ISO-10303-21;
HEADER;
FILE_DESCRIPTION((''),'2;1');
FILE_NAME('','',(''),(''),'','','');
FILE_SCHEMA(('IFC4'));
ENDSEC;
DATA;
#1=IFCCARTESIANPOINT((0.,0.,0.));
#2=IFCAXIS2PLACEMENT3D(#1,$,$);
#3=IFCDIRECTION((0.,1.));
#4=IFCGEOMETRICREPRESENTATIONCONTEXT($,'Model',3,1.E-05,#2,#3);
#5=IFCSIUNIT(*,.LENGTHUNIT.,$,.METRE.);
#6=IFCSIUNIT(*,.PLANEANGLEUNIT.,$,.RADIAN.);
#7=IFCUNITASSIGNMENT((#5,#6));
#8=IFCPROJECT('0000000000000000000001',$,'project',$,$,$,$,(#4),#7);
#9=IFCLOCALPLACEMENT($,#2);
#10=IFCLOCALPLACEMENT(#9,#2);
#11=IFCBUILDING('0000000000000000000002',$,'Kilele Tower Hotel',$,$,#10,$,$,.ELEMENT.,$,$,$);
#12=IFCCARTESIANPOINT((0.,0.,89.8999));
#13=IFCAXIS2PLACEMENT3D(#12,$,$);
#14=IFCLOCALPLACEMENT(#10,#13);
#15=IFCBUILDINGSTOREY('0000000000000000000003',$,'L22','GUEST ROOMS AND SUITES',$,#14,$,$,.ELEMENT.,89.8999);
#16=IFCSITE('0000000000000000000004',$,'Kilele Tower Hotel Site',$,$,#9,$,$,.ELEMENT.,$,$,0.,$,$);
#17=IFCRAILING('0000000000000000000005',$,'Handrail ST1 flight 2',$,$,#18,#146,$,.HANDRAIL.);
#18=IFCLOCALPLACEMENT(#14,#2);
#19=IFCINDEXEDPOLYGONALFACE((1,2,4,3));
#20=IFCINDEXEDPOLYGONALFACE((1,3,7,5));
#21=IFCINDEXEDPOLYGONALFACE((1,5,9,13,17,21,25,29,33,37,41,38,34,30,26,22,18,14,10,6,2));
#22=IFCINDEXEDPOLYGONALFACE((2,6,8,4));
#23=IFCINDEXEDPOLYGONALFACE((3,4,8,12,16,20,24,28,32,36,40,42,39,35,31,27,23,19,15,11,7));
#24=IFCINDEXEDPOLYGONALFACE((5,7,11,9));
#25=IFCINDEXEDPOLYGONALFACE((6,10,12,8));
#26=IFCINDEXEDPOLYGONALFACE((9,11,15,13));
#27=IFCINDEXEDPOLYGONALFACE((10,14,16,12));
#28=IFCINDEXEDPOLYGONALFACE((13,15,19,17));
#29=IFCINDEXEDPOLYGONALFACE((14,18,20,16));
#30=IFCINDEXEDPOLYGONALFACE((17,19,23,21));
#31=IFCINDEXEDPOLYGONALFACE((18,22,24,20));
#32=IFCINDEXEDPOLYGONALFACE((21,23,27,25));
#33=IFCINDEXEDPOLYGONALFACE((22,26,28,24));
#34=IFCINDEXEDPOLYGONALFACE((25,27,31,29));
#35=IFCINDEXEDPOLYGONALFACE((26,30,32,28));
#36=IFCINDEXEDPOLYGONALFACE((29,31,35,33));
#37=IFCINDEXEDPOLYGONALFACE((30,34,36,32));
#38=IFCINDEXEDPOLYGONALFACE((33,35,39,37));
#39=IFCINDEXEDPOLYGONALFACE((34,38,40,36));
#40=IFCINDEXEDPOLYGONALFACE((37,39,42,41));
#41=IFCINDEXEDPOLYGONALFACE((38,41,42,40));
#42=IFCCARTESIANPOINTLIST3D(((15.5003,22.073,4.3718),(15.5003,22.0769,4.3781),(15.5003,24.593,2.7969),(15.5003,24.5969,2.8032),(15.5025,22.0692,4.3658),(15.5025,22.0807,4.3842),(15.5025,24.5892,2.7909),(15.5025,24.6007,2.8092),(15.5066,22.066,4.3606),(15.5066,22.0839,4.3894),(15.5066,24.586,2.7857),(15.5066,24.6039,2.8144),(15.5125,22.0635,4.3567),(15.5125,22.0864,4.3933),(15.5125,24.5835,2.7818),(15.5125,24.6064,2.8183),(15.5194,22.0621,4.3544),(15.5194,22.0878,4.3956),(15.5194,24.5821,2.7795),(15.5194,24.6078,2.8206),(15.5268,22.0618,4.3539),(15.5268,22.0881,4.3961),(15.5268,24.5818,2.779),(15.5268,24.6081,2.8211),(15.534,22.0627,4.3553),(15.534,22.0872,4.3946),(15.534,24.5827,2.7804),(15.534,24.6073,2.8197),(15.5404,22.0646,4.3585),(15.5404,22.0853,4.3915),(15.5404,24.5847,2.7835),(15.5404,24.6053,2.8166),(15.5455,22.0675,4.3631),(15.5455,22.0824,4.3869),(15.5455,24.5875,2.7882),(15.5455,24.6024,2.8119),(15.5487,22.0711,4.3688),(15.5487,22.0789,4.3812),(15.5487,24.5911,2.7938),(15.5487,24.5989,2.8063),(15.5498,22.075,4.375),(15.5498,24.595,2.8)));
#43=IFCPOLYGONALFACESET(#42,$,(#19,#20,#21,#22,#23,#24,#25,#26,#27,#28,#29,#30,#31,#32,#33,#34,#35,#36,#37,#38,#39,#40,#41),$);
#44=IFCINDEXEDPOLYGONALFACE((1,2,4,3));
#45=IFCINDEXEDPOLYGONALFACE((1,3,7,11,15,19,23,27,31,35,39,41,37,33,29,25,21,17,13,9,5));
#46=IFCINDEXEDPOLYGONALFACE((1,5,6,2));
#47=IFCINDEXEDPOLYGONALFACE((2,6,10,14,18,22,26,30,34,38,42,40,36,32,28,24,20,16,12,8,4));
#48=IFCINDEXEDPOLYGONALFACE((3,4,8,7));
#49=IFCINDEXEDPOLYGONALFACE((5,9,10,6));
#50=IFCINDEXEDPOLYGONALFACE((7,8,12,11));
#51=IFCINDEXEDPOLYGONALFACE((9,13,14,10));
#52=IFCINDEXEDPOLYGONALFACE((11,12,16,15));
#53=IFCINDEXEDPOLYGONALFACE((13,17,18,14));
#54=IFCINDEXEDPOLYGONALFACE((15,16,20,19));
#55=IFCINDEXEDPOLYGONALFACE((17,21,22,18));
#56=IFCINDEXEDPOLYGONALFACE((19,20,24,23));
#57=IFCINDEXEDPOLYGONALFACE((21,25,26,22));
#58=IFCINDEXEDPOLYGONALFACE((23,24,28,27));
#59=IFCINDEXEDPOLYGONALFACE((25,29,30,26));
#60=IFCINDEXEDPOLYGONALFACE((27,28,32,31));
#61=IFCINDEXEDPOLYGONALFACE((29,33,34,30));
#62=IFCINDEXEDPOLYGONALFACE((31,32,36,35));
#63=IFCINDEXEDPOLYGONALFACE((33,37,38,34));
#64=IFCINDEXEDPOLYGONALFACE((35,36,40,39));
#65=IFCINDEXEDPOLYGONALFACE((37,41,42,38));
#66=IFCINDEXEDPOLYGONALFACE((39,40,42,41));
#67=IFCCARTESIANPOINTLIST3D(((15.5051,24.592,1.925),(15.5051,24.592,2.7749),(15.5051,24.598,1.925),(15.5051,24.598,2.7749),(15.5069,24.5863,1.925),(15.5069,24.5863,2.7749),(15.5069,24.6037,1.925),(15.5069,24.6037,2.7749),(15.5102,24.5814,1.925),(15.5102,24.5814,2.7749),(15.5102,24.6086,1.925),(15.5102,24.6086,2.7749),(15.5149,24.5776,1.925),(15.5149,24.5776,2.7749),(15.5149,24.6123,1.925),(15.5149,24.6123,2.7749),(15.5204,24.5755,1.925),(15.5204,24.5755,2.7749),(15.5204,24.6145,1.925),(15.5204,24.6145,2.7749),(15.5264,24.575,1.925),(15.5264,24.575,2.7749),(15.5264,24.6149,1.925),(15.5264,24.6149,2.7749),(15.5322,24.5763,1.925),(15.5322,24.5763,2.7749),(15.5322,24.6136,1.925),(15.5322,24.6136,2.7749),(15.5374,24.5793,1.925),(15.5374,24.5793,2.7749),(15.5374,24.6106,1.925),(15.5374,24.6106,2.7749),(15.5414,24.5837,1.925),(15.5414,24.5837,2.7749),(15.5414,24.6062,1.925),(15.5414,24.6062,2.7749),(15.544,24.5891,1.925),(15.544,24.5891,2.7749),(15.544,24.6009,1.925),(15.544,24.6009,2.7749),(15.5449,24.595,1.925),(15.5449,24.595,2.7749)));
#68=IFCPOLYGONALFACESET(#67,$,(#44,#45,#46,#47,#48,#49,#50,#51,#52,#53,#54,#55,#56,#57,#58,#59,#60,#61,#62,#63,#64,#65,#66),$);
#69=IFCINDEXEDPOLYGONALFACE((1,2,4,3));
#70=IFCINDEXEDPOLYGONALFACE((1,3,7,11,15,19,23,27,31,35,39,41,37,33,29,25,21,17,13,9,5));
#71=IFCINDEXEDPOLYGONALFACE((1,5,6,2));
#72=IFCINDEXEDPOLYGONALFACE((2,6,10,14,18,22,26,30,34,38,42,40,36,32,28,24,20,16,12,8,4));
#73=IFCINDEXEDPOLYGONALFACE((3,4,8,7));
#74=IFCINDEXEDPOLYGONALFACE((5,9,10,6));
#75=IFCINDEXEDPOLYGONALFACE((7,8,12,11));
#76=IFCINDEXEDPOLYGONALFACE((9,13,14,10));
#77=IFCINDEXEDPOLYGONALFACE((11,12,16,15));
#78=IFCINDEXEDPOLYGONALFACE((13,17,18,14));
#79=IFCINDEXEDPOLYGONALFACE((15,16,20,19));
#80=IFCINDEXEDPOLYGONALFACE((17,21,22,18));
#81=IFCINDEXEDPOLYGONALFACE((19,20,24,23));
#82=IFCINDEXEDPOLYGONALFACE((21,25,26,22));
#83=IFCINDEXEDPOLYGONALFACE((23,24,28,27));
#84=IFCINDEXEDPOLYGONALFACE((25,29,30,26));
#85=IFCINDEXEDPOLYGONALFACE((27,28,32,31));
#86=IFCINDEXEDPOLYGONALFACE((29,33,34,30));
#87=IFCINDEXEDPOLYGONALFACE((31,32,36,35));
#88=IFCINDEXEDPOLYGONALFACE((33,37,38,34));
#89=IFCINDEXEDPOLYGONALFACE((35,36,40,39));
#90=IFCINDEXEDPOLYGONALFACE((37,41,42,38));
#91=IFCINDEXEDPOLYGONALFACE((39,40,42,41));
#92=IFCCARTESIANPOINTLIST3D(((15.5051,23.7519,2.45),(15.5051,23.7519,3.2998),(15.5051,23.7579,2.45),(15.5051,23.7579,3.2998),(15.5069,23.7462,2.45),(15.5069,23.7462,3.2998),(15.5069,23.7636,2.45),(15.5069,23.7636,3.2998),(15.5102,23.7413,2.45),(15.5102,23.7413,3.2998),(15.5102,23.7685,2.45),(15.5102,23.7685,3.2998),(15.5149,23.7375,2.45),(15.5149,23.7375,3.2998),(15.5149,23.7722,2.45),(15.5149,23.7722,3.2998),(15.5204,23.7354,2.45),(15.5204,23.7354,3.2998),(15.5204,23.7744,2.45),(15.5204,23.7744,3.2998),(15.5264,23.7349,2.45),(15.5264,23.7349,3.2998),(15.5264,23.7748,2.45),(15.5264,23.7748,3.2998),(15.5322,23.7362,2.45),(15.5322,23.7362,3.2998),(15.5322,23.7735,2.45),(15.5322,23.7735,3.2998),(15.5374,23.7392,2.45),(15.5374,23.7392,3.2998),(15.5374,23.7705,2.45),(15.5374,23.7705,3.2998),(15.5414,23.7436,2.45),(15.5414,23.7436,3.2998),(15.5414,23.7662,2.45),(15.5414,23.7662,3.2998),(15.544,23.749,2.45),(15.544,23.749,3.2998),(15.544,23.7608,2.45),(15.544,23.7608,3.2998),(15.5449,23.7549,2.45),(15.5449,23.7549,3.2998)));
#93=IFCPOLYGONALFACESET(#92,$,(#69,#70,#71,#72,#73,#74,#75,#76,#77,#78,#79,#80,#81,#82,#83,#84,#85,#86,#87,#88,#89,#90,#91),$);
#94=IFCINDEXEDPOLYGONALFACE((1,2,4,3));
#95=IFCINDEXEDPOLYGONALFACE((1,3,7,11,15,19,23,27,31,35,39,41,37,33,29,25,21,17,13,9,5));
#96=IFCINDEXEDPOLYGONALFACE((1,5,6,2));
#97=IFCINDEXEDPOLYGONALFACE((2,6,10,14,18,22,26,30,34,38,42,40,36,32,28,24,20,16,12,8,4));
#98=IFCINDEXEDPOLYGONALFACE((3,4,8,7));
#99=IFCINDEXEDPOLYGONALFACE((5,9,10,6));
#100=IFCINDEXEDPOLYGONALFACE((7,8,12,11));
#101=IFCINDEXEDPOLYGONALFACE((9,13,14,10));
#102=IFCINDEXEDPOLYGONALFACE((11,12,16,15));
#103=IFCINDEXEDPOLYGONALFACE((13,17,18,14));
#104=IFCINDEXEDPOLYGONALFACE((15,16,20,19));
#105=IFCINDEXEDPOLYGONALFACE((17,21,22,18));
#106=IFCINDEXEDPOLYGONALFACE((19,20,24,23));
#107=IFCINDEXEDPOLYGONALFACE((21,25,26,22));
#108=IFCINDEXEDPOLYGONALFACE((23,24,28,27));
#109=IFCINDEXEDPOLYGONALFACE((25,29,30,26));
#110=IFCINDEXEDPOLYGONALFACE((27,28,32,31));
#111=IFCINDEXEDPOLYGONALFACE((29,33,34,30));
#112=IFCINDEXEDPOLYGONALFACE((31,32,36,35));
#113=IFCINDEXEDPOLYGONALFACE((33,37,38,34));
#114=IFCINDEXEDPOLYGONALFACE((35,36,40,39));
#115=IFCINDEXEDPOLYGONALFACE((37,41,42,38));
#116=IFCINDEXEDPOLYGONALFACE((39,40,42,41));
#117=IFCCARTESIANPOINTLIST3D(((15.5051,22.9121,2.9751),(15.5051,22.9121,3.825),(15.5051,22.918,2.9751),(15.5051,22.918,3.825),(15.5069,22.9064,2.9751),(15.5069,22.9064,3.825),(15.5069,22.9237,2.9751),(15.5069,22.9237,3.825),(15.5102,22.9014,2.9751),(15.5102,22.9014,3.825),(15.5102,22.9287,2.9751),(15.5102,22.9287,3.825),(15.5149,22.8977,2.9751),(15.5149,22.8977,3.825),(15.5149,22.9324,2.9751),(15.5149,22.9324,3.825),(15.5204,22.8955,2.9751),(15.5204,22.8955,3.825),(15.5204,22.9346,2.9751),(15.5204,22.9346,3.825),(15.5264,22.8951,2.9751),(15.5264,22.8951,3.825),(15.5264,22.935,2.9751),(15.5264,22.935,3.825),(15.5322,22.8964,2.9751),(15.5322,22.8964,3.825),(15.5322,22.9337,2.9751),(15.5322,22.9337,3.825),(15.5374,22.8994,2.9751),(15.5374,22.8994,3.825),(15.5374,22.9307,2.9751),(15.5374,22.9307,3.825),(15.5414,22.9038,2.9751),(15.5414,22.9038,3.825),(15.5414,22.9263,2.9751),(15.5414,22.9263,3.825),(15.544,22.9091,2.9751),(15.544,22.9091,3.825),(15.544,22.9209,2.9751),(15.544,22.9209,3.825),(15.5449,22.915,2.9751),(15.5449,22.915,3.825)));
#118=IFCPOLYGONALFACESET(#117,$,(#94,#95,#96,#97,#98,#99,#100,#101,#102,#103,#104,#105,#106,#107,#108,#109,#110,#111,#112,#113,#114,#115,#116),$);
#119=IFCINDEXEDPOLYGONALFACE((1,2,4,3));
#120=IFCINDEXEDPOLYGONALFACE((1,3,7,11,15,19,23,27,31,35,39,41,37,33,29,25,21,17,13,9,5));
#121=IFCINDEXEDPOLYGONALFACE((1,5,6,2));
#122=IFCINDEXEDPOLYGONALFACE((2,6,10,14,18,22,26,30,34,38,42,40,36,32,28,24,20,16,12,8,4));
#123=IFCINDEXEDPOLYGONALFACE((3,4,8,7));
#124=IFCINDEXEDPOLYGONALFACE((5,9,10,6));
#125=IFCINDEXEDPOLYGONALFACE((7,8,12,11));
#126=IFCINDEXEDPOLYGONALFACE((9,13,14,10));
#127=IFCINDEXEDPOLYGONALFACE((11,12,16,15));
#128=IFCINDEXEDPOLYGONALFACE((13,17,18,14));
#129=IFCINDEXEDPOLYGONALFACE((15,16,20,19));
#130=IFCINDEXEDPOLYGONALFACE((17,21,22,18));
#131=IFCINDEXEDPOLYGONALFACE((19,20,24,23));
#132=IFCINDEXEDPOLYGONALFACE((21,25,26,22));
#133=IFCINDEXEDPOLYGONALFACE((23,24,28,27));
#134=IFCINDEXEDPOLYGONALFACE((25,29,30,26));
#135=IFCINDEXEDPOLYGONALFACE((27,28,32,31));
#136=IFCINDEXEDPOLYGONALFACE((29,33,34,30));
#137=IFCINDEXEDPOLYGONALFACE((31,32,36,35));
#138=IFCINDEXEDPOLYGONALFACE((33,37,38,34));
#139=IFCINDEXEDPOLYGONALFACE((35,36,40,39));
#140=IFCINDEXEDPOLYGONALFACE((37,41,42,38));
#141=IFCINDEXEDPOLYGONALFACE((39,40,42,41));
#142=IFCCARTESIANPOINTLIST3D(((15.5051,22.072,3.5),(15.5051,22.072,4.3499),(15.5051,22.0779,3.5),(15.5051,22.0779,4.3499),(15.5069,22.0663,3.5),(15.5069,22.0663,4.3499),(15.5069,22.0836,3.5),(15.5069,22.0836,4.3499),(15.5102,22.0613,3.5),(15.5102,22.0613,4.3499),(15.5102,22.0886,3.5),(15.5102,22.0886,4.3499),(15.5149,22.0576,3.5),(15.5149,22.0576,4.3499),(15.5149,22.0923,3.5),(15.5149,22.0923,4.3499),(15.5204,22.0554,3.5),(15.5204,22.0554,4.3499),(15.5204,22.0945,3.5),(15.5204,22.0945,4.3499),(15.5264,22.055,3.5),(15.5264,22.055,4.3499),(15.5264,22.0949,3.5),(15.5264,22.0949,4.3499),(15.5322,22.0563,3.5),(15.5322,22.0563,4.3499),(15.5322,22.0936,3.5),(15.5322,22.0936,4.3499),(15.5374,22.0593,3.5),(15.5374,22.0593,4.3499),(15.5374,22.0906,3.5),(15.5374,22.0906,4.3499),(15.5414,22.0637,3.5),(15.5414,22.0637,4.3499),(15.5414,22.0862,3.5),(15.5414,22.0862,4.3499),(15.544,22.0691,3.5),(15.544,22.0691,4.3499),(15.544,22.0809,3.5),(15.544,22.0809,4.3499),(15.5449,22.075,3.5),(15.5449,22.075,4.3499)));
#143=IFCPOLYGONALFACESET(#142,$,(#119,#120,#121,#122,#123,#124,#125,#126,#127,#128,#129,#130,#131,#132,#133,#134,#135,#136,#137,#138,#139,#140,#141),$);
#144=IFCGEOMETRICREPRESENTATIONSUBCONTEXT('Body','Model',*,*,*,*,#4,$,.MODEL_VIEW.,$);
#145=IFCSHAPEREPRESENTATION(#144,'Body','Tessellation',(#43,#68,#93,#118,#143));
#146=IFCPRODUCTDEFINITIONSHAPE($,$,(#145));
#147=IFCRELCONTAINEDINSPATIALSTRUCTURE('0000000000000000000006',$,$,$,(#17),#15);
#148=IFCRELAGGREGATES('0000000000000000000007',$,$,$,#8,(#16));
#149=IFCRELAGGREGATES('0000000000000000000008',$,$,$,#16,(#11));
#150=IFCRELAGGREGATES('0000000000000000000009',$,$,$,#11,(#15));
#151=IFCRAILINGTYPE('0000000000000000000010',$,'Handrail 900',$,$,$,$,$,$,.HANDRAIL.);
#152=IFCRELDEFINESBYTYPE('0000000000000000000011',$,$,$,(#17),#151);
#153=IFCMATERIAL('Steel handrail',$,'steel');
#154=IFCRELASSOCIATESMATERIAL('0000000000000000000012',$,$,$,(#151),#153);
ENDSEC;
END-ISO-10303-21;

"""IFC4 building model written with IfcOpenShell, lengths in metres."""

from ifc_helpers import new_model, si_unit, direction, frame, origin, origin_2d, place, context, subcontext, project, spatial, circle, extrude, material, type_object, element, save


model = new_model("IFC4")

# Units and contexts
model_context = context("Model", 3, precision=1e-05, world=origin(), true_north=direction((0.0, 1.0)))
body_context = subcontext(model_context, "Body", "Model", "MODEL_VIEW")
ifc_project = project(units=[si_unit("LENGTHUNIT", "METRE"), si_unit("PLANEANGLEUNIT", "RADIAN")], contexts=[model_context])

# Site, building, storey
site_placement = place(None, origin())
site = spatial("IfcSite", under=ifc_project, at=site_placement, Name="Kilele Tower Hotel Site", CompositionType="ELEMENT", RefElevation=0.0)
building_placement = place(site_placement, origin())
building = spatial("IfcBuilding", under=site, at=building_placement, Name="Kilele Tower Hotel", CompositionType="ELEMENT")
storey_placement = place(building_placement, frame((0.0, 0.0, 89.8999)))
storey = spatial("IfcBuildingStorey", under=building, at=storey_placement, Name="L22", Description="GUEST ROOMS AND SUITES", CompositionType="ELEMENT", Elevation=89.8999)

# Railing
ifc_material_1 = material(Name="Steel handrail", Category="steel")
railing_type_1 = type_object("IfcRailingType", Name="Handrail 900", PredefinedType="HANDRAIL", material=ifc_material_1)
for number, where, name in (
    (1, (15.5249, 24.595, 1.925), "Handrail ST1 flight 2"),
):
    element("IfcRailing", number, at=place(storey_placement, frame(where)), inside=storey, type_object=railing_type_1, Name=name, PredefinedType="HANDRAIL", context=body_context, shape_type="SweptSolid", body=[
        extrude(circle(Radius=0.0249, at=origin_2d()), frame((0.0, 0.0, 0.875), z_axis=(0.0, -0.848008, 0.529984), x_axis=(1.0, 0.0, 0.0)), (0.0, 0.0, 1.0), 2.9717),
        extrude(circle(Radius=0.02, at=origin_2d()), origin(), (0.0, 0.0, 1.0), 0.8499),
        extrude(circle(Radius=0.02, at=origin_2d()), frame((0.0, -0.8401, 0.5249)), (0.0, 0.0, 1.0), 0.8499),
        extrude(circle(Radius=0.02, at=origin_2d()), frame((0.0, -1.6799, 1.05)), (0.0, 0.0, 1.0), 0.8499),
        extrude(circle(Radius=0.02, at=origin_2d()), frame((0.0, -2.52, 1.575)), (0.0, 0.0, 1.0), 0.8499),
    ])

save(model, "model.ifc")
